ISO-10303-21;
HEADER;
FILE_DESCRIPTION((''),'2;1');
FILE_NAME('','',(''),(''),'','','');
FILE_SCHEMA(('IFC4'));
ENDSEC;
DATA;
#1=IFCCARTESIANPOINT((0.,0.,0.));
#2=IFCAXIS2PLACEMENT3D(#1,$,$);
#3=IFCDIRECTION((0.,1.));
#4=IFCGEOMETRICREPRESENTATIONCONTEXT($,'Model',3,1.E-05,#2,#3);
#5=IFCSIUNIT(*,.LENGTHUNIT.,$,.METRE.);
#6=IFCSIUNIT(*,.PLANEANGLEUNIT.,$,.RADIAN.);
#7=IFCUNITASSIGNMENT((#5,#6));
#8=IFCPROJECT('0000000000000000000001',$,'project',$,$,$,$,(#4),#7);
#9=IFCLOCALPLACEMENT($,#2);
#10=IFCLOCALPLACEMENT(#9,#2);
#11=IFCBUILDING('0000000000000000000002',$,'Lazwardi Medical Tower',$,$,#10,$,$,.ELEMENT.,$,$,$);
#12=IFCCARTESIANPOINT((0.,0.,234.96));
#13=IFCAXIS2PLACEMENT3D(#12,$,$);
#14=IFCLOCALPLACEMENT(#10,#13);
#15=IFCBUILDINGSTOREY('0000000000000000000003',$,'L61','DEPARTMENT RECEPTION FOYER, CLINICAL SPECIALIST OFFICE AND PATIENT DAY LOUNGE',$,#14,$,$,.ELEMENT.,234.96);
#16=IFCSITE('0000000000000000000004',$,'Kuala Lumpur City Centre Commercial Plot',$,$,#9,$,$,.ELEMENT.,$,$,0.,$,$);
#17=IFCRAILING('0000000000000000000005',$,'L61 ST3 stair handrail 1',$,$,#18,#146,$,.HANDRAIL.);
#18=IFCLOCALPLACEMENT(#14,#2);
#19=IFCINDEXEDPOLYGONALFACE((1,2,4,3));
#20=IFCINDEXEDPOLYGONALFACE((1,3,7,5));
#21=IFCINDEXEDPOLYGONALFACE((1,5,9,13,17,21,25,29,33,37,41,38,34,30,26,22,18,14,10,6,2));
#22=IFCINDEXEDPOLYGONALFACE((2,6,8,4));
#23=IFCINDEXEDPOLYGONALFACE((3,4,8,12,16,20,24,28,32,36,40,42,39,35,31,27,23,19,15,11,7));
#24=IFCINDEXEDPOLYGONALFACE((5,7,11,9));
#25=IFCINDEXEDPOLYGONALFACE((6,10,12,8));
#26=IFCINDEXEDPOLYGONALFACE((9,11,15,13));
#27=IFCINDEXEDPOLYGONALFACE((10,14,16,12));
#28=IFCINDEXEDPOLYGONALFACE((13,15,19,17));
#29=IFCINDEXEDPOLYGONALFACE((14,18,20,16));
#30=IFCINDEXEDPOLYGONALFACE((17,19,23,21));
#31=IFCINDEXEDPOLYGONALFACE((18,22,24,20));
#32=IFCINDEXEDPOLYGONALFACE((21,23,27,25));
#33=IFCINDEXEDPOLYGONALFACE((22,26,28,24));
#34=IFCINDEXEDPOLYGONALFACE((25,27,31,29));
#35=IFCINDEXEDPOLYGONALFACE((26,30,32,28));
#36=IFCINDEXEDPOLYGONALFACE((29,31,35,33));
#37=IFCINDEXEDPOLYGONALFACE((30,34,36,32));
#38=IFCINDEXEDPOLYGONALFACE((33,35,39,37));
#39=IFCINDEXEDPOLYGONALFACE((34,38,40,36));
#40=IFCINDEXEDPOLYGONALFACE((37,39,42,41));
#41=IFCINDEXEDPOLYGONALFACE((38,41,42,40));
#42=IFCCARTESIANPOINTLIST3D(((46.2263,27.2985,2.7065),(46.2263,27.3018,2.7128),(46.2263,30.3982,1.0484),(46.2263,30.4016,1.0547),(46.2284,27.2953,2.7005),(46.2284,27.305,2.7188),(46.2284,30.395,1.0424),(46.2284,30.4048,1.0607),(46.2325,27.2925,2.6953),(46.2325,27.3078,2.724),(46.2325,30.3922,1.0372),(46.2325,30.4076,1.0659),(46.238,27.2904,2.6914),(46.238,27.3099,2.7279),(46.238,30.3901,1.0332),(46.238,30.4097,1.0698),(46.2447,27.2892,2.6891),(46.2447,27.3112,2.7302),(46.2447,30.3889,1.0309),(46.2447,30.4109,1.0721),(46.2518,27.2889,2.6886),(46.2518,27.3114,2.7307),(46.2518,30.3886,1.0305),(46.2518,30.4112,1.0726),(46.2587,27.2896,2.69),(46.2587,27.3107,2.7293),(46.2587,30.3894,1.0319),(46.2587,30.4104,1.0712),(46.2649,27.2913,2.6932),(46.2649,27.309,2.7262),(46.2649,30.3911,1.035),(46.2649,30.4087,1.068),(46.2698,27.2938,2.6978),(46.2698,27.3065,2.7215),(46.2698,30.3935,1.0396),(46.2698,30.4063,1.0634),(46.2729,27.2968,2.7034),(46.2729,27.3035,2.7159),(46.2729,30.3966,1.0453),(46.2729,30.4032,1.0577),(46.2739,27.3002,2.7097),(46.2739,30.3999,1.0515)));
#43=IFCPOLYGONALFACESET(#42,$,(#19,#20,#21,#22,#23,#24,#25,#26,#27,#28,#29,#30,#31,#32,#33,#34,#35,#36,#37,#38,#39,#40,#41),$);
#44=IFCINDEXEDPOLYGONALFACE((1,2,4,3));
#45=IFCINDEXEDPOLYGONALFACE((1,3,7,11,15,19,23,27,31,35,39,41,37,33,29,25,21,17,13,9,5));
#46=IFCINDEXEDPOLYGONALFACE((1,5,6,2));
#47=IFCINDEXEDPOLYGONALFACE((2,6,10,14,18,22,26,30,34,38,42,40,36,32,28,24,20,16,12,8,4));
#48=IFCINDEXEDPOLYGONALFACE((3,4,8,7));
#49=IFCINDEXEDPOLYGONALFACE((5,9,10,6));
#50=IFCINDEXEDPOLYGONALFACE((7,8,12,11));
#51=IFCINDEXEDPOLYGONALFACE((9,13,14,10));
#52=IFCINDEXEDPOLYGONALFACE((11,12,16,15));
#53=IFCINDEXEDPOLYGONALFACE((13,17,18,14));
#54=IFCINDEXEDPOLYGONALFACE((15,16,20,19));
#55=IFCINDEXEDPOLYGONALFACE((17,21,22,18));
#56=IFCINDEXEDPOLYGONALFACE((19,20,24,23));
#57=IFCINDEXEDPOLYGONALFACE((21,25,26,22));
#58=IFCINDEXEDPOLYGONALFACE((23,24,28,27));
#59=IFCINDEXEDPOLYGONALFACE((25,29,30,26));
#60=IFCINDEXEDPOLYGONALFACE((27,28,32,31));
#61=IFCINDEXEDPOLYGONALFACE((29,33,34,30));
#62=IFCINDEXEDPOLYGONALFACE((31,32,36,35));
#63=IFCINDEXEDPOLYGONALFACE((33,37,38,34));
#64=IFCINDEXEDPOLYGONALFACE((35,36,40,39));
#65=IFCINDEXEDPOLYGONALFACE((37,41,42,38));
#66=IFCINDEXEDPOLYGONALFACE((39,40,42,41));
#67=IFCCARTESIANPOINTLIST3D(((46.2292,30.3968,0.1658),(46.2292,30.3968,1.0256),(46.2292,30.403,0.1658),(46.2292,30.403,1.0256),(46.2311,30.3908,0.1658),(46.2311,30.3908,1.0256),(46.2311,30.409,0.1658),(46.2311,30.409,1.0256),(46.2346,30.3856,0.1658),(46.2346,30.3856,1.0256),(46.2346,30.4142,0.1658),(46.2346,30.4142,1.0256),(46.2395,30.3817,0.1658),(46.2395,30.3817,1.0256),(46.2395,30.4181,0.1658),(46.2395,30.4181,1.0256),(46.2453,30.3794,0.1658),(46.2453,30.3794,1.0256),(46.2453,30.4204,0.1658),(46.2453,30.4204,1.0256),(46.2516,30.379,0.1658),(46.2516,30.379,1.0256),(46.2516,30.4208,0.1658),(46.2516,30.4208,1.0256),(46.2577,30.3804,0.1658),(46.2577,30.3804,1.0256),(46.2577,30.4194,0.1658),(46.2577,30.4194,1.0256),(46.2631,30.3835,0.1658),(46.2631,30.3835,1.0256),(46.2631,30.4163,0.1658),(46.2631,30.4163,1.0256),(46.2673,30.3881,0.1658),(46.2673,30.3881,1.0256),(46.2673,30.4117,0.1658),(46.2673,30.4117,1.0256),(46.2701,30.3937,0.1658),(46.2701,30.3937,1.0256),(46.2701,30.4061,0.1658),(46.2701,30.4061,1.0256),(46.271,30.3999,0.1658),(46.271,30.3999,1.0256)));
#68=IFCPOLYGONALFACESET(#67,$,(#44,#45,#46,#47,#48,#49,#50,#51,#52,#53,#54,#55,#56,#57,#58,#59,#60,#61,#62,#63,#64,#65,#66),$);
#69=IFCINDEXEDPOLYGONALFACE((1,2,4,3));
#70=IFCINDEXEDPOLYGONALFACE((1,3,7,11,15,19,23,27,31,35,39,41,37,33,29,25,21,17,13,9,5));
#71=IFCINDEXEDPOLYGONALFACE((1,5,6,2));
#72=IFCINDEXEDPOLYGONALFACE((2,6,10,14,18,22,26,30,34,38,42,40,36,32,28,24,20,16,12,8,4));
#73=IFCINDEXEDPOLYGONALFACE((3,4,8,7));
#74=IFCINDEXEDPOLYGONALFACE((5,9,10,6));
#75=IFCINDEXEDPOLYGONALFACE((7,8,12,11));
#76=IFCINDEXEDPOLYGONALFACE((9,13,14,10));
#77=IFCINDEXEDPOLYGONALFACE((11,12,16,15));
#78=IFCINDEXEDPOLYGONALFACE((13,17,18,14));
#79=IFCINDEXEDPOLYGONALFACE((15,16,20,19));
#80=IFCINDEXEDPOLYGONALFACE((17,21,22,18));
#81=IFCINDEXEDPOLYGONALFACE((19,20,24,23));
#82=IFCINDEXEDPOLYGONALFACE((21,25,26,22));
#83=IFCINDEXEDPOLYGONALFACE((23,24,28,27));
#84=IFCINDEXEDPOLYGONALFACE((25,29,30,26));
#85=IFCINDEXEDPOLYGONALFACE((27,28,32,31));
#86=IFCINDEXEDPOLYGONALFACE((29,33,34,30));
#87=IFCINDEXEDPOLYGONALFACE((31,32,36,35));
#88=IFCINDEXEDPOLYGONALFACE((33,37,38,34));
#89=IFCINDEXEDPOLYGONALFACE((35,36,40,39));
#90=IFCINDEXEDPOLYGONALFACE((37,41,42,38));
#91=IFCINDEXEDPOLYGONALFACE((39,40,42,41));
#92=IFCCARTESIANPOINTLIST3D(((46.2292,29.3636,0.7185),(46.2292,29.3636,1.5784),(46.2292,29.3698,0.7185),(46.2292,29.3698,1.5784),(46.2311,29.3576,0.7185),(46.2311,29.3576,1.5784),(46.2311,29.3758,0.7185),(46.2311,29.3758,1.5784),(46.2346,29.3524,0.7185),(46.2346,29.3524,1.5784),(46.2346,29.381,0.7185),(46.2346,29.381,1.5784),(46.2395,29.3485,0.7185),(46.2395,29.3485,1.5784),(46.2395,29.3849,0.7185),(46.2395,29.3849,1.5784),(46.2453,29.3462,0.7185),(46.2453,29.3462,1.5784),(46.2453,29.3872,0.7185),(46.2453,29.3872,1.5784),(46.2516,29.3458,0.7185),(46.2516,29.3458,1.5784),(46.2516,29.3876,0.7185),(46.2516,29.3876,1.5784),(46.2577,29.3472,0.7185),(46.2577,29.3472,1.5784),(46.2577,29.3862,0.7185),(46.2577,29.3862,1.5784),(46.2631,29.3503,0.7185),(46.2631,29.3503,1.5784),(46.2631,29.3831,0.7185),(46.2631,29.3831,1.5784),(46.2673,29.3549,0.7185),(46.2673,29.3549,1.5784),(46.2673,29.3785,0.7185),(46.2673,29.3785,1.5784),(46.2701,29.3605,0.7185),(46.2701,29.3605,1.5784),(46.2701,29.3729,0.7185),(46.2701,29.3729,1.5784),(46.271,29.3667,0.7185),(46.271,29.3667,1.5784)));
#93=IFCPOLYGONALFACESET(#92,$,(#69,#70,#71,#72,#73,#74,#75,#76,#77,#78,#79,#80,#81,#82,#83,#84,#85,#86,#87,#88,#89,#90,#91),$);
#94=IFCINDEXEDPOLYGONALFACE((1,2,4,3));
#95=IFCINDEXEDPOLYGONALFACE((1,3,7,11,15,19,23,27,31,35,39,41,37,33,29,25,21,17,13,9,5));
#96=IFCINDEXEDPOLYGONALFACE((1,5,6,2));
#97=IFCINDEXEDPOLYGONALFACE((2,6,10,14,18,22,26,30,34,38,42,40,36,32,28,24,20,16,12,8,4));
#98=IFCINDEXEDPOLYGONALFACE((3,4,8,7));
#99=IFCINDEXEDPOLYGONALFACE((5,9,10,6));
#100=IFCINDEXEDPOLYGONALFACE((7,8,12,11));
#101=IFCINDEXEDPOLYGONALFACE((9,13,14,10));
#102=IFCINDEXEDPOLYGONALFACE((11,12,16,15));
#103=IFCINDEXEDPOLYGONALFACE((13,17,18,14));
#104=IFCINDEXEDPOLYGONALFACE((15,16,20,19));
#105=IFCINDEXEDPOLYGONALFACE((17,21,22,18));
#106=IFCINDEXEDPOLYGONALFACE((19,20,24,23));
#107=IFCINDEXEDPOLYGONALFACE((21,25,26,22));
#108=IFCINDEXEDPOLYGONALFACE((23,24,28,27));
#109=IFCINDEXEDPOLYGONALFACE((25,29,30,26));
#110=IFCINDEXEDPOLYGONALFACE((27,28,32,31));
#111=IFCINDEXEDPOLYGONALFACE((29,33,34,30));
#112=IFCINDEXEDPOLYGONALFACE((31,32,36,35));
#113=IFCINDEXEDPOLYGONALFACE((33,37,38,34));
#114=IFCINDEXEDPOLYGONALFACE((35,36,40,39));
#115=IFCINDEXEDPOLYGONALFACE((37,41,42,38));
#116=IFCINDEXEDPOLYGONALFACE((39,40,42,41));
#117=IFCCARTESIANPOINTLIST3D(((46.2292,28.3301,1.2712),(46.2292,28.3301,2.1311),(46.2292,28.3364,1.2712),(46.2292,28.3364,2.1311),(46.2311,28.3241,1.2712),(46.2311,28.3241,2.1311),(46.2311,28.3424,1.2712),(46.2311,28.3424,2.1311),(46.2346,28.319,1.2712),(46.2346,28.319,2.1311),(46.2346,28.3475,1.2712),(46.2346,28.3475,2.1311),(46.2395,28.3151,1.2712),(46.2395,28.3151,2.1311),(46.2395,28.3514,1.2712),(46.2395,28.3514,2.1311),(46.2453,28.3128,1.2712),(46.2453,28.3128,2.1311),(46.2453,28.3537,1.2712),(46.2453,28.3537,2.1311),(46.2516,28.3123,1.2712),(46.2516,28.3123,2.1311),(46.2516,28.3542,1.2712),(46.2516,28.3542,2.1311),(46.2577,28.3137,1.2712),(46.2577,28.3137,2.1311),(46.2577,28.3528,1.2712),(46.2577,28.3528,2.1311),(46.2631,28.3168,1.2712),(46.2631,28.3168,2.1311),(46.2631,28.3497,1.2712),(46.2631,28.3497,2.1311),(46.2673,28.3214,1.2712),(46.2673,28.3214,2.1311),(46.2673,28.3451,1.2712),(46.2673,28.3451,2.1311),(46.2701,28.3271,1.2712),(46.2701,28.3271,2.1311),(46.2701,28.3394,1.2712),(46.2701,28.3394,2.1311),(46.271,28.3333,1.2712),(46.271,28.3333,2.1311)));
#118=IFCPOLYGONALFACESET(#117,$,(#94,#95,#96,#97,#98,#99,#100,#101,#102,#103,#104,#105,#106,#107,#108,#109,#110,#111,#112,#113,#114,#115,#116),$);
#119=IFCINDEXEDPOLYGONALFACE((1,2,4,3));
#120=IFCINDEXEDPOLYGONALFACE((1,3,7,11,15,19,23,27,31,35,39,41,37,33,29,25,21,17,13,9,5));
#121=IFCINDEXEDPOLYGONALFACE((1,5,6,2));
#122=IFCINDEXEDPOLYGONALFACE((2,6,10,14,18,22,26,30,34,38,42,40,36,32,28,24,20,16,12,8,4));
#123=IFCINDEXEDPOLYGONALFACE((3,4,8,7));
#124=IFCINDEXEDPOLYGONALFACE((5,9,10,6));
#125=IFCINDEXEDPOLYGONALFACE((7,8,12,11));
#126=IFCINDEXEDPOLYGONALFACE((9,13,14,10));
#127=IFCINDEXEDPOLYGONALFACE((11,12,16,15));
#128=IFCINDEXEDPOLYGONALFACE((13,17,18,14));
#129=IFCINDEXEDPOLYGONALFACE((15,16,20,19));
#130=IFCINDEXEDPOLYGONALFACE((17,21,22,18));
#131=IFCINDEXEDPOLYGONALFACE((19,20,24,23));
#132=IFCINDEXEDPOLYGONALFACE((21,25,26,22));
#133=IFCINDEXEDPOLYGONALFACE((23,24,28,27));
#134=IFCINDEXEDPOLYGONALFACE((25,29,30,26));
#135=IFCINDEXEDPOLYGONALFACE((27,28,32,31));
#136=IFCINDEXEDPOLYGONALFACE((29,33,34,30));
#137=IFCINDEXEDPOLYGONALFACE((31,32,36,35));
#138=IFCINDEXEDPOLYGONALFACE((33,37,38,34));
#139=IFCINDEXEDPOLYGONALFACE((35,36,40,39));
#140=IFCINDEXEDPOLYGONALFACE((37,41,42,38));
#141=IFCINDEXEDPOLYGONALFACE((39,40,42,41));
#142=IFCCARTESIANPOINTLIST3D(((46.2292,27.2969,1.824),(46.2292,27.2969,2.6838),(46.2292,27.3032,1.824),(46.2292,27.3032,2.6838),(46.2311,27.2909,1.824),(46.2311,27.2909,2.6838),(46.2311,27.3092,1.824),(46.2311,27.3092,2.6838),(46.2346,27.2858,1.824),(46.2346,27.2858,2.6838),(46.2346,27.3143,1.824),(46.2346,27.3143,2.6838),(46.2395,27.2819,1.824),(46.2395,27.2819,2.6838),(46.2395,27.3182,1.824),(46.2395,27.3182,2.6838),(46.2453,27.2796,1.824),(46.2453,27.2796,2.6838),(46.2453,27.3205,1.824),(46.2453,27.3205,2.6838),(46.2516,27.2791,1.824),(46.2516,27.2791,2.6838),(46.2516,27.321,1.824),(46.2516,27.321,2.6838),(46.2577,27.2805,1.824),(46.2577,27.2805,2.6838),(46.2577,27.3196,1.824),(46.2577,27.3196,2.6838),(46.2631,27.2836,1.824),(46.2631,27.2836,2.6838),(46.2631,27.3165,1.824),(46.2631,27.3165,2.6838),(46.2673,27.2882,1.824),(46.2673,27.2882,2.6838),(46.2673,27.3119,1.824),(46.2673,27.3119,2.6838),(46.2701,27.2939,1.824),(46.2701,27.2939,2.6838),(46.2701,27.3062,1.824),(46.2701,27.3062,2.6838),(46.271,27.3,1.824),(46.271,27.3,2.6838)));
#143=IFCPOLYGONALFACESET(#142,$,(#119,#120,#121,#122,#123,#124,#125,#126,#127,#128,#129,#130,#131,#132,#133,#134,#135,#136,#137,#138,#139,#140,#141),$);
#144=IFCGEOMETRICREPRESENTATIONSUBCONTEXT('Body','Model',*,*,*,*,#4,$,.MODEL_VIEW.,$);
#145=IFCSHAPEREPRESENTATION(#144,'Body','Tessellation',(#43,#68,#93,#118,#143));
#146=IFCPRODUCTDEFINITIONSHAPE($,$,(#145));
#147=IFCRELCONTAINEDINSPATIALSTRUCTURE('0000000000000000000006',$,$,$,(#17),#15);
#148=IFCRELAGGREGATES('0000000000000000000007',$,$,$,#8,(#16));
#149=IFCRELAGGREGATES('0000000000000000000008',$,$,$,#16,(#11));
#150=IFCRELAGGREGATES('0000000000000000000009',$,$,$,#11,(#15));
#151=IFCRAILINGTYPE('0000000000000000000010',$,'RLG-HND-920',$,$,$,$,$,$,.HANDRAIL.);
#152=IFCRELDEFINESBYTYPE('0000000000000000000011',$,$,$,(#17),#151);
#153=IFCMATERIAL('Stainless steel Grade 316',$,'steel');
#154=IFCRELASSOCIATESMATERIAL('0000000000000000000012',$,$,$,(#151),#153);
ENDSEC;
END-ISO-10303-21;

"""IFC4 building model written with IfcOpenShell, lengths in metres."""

from ifc_helpers import new_model, si_unit, direction, frame, origin, origin_2d, place, context, subcontext, project, spatial, circle, extrude, material, type_object, element, save


model = new_model("IFC4")

# Units and contexts
model_context = context("Model", 3, precision=1e-05, world=origin(), true_north=direction((0.0, 1.0)))
body_context = subcontext(model_context, "Body", "Model", "MODEL_VIEW")
ifc_project = project(units=[si_unit("LENGTHUNIT", "METRE"), si_unit("PLANEANGLEUNIT", "RADIAN")], contexts=[model_context])

# Site, building, storey
site_placement = place(None, origin())
site = spatial("IfcSite", under=ifc_project, at=site_placement, Name="Kuala Lumpur City Centre Commercial Plot", CompositionType="ELEMENT", RefElevation=0.0)
building_placement = place(site_placement, origin())
building = spatial("IfcBuilding", under=site, at=building_placement, Name="Lazwardi Medical Tower", CompositionType="ELEMENT")
storey_placement = place(building_placement, frame((0.0, 0.0, 234.96)))
storey = spatial("IfcBuildingStorey", under=building, at=storey_placement, Name="L61", Description="DEPARTMENT RECEPTION FOYER, CLINICAL SPECIALIST OFFICE AND PATIENT DAY LOUNGE", CompositionType="ELEMENT", Elevation=234.96)

# Railing
ifc_material_1 = material(Name="Stainless steel Grade 316", Category="steel")
railing_type = type_object("IfcRailingType", Name="RLG-HND-920", PredefinedType="HANDRAIL", material=ifc_material_1)
railing_1_placement = place(storey_placement, frame((46.25, 30.3999, 0.1658)))
element("IfcRailing", 1, at=railing_1_placement, inside=storey, type_object=railing_type, Name="L61 ST3 stair handrail 1", PredefinedType="HANDRAIL", context=body_context, shape_type="SweptSolid", body=[
    extrude(circle(Radius=0.0239, at=origin_2d()), frame((0.0, 0.0, 0.8857), z_axis=(0.0, -0.881768, 0.471684), x_axis=(1.0, 0.0, 0.0)), (0.0, 0.0, 1.0), 3.5154),
    extrude(circle(Radius=0.021, at=origin_2d()), origin(), (0.0, 0.0, 1.0), 0.8599),
    extrude(circle(Radius=0.021, at=origin_2d()), frame((0.0, -1.0332, 0.5527)), (0.0, 0.0, 1.0), 0.8599),
    extrude(circle(Radius=0.021, at=origin_2d()), frame((0.0, -2.0667, 1.1055)), (0.0, 0.0, 1.0), 0.8599),
    extrude(circle(Radius=0.021, at=origin_2d()), frame((0.0, -3.0999, 1.6582)), (0.0, 0.0, 1.0), 0.8599),
])

save(model, "model.ifc")
